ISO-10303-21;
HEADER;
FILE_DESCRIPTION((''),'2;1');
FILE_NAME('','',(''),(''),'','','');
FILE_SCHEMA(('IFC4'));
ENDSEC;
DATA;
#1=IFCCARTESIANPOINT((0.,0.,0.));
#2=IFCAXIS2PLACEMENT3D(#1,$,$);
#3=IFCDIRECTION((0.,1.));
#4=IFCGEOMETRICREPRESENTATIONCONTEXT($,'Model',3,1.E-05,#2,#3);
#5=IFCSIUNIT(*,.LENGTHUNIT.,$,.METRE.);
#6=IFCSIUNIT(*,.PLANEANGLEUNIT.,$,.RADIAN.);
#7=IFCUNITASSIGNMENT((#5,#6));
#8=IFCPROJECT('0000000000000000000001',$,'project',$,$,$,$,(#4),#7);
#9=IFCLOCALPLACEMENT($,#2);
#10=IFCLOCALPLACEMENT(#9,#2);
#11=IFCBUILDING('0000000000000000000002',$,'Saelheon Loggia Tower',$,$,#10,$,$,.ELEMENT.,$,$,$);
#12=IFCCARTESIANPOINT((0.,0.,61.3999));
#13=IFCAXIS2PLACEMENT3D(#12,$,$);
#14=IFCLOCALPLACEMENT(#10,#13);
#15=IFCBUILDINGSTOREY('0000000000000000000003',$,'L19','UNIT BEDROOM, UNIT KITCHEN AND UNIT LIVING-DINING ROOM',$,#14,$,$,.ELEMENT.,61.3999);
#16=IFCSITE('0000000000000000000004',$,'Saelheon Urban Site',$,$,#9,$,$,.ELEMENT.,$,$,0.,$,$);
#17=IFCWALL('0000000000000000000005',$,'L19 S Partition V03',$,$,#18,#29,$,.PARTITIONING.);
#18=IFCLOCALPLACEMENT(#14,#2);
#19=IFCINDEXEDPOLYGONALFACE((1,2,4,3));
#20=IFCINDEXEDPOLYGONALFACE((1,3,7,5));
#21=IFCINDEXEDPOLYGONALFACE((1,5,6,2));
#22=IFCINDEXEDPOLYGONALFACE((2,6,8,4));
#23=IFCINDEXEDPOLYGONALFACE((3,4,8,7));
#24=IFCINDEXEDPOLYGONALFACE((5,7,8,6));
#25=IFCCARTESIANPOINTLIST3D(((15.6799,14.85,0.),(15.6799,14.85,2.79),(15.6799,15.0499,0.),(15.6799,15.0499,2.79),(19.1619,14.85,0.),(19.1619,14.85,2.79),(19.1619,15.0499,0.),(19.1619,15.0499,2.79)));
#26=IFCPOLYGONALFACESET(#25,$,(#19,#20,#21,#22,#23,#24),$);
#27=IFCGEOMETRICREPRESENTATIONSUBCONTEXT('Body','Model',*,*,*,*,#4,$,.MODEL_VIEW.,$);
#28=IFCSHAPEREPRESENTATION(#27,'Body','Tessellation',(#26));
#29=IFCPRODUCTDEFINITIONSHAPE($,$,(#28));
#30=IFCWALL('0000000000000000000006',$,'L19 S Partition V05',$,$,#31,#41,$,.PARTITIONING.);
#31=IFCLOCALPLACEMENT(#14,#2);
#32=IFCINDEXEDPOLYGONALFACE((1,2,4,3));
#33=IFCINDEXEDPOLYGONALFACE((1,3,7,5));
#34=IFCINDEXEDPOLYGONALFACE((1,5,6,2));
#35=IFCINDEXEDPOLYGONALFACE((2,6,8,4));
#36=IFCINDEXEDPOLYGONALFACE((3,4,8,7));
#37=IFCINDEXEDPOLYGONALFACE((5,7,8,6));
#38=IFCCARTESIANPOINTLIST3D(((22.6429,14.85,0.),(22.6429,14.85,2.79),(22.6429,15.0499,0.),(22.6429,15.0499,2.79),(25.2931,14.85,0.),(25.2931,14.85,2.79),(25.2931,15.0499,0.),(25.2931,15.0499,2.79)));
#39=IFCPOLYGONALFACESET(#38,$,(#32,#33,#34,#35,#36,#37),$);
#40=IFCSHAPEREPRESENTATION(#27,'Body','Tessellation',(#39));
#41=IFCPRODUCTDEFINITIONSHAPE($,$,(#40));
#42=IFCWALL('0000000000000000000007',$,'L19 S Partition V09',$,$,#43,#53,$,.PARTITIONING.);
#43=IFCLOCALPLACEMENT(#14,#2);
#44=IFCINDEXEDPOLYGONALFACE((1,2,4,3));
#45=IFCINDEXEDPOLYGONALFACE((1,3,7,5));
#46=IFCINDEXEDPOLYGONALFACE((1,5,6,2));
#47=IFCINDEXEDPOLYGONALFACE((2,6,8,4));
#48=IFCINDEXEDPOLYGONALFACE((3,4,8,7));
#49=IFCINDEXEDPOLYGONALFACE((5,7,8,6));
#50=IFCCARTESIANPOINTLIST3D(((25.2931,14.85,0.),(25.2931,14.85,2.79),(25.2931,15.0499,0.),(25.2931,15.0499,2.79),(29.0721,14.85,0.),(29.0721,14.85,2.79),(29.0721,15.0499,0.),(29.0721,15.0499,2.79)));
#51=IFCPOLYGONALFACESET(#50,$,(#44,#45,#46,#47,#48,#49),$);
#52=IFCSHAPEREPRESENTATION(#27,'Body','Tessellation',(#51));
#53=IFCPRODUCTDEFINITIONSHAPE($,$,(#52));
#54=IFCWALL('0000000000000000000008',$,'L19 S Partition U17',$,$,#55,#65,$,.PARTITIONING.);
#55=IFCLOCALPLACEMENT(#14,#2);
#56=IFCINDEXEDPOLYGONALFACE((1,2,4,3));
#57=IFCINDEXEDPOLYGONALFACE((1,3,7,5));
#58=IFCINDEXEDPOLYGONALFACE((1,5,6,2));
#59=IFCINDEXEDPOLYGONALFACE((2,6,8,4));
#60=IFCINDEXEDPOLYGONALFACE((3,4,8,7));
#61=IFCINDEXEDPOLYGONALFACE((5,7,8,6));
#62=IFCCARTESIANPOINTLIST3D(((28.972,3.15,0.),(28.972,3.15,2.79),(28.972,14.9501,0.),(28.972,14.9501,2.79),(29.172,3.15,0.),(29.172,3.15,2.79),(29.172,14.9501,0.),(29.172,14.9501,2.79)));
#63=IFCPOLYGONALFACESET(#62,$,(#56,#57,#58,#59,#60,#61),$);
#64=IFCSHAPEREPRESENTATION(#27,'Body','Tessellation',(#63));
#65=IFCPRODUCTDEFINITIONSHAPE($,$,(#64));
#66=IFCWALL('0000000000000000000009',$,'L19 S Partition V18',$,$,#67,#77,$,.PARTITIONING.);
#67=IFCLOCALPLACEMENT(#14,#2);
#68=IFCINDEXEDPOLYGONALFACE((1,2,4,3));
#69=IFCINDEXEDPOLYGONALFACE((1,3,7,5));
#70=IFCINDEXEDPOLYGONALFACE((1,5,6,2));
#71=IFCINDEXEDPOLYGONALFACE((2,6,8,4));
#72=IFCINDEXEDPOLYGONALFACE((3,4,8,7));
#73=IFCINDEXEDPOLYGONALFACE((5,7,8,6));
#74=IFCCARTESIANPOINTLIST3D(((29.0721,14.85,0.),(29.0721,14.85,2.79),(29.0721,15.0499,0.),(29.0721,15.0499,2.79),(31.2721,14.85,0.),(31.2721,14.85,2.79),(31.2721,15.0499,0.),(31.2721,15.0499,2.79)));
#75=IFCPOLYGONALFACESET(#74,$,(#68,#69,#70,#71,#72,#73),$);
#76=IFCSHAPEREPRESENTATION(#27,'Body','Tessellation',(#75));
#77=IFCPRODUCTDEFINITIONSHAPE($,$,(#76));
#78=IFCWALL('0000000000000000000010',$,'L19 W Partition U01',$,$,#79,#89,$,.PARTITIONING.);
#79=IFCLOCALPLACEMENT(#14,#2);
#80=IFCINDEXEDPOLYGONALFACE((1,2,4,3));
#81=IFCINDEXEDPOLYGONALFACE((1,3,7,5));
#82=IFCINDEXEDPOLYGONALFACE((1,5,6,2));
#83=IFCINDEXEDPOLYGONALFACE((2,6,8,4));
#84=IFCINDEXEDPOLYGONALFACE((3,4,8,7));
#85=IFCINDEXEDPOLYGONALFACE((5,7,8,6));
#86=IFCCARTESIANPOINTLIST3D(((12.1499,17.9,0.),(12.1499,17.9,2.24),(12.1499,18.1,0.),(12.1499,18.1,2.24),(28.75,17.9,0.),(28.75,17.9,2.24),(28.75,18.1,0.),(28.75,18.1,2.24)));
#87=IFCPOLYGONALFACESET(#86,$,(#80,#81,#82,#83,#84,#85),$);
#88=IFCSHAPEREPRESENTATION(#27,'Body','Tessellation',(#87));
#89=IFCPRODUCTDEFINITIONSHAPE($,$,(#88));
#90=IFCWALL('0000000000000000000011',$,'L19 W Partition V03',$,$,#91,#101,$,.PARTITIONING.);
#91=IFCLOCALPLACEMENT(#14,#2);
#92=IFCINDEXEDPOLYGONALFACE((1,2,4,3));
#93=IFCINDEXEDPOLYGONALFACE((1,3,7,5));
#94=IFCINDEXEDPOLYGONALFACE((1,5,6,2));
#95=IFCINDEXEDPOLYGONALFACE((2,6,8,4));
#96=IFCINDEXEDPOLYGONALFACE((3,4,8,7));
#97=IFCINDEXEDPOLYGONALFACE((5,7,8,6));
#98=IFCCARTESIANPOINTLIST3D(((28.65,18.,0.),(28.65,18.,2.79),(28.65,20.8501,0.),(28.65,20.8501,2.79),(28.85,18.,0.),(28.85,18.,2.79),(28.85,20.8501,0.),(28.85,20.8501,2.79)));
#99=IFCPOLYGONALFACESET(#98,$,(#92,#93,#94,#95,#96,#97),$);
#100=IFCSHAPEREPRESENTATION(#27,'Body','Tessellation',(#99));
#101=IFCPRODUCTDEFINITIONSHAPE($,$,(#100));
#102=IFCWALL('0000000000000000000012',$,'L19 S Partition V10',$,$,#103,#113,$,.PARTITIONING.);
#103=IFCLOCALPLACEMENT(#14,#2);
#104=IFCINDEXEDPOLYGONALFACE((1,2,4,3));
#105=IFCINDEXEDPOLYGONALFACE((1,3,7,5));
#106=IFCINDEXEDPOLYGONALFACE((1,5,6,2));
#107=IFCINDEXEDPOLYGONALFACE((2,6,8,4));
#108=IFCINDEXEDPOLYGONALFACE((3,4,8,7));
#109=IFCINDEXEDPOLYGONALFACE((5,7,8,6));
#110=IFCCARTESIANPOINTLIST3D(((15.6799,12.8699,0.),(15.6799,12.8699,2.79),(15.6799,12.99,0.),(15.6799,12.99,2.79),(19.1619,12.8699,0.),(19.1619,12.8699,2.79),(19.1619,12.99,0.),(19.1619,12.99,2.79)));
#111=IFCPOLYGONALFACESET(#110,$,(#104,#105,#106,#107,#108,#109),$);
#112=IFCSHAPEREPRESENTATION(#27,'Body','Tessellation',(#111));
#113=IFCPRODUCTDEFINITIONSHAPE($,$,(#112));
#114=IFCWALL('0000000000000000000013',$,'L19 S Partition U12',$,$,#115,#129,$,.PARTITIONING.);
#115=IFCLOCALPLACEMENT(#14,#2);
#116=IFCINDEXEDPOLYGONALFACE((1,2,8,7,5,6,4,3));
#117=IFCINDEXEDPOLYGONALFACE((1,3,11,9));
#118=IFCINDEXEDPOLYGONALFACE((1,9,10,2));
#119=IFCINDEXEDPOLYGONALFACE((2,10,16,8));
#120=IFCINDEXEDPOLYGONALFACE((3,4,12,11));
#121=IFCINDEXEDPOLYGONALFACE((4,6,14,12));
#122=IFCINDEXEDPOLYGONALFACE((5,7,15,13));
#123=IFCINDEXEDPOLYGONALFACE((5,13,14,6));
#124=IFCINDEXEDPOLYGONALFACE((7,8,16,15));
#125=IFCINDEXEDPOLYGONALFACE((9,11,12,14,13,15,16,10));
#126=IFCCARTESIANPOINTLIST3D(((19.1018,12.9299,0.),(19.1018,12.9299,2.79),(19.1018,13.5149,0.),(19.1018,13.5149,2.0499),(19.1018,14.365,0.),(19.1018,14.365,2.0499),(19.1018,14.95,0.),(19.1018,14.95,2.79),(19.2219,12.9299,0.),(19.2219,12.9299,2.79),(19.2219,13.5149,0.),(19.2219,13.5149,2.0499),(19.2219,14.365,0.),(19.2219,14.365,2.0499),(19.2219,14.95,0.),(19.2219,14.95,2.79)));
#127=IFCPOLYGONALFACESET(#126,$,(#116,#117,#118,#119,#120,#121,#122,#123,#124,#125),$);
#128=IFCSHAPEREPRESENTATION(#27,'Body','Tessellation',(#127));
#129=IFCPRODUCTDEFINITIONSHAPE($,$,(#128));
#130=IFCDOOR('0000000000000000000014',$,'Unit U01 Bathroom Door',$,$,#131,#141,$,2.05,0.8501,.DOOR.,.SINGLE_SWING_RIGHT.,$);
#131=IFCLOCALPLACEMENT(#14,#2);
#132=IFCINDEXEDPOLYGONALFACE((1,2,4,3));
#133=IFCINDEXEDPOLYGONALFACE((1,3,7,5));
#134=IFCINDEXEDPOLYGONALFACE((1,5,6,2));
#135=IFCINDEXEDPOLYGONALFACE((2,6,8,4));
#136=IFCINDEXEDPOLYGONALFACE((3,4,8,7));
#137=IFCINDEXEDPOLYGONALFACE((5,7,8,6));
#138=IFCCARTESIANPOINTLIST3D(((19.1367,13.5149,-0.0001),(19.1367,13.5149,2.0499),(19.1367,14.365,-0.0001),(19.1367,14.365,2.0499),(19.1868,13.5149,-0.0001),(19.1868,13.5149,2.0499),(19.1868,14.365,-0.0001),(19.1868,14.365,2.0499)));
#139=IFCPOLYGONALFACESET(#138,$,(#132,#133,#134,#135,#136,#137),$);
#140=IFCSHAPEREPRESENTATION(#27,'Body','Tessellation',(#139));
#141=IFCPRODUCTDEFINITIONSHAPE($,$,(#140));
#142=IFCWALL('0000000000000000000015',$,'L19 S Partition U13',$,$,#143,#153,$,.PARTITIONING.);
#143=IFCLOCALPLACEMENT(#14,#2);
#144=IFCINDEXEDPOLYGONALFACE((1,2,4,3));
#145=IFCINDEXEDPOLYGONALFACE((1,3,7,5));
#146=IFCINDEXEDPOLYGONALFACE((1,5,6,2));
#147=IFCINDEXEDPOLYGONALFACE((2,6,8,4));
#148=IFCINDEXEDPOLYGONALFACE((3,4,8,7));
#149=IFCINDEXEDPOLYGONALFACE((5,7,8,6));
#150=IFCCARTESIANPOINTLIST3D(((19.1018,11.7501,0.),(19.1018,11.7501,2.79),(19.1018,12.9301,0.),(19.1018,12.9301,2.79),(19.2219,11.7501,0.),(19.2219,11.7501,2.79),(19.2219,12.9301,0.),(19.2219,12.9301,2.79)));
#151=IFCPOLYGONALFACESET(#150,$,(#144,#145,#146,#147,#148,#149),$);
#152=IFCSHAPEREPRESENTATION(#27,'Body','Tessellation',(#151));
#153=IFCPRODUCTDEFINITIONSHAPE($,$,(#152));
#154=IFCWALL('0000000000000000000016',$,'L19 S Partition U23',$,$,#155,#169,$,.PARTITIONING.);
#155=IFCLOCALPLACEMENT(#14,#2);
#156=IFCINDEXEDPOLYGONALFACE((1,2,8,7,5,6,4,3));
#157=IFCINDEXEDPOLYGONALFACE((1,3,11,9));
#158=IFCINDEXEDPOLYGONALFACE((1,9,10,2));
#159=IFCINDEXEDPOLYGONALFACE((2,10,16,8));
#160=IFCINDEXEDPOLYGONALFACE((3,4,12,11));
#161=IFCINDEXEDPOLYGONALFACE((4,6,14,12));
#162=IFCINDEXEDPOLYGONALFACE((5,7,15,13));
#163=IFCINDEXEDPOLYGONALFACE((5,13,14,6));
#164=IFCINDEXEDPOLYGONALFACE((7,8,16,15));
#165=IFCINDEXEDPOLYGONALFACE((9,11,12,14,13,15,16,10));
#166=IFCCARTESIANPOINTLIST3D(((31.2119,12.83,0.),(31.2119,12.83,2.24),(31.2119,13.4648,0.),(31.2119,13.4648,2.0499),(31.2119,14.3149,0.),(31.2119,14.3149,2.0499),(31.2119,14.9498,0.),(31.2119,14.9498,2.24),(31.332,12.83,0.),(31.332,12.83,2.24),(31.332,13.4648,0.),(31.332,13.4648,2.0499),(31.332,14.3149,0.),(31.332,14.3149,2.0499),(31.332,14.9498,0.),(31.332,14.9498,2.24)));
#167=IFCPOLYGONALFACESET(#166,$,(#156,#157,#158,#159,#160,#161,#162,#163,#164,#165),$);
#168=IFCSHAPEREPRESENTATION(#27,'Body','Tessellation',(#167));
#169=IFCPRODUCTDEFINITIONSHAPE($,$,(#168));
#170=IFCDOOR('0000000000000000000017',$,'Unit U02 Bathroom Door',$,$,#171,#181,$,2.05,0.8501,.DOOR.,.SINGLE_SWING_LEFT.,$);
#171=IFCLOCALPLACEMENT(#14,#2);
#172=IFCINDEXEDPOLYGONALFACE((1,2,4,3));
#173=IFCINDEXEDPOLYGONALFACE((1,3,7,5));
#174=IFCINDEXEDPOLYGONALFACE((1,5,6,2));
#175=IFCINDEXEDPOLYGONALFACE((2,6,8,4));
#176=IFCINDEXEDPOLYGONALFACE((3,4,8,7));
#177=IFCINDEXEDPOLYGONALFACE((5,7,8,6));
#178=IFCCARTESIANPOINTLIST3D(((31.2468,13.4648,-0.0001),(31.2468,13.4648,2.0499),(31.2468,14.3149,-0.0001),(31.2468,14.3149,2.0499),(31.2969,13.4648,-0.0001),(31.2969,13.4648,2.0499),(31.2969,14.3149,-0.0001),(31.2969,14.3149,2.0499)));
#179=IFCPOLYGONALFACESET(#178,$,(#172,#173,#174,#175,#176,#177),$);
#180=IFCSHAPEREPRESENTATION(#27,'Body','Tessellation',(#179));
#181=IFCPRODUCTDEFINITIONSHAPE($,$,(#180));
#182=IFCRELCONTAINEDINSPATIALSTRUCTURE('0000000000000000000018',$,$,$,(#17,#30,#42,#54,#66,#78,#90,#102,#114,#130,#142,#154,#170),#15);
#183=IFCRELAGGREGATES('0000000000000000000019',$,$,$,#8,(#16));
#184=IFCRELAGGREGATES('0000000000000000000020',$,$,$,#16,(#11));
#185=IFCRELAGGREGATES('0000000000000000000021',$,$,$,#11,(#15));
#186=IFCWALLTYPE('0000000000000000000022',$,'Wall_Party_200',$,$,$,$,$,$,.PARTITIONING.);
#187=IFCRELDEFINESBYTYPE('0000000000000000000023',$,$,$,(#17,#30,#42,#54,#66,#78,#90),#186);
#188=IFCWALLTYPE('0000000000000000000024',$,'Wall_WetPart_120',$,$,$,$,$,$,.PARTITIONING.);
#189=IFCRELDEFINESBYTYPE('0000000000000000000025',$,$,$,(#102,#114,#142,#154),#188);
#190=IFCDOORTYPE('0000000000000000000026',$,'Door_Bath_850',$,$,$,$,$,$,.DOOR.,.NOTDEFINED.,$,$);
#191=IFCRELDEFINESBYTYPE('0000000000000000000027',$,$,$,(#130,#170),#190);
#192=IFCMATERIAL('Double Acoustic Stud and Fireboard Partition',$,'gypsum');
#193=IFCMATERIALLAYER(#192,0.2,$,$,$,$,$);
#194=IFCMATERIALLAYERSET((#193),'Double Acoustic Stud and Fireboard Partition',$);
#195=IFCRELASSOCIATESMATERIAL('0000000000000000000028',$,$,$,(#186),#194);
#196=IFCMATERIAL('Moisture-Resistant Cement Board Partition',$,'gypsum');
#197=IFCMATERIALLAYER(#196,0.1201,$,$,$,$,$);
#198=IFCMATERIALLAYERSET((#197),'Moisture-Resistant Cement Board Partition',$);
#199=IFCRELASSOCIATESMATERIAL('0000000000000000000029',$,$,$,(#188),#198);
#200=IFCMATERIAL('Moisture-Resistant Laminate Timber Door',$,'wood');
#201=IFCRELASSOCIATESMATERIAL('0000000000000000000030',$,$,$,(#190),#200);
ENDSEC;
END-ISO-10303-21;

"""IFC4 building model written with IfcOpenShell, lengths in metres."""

from ifc_helpers import new_model, si_unit, direction, frame, frame_2d, origin, place, context, subcontext, project, spatial, rectangle, extrude, source, transform, mapped, material, layer, layer_set, type_object, element, fill, save


model = new_model("IFC4")

# Units and contexts
model_context = context("Model", 3, precision=1e-05, world=origin(), true_north=direction((0.0, 1.0)))
body_context = subcontext(model_context, "Body", "Model", "MODEL_VIEW")
ifc_project = project(units=[si_unit("LENGTHUNIT", "METRE"), si_unit("PLANEANGLEUNIT", "RADIAN")], contexts=[model_context])

# Site, building, storey
site_placement = place(None, origin())
site = spatial("IfcSite", under=ifc_project, at=site_placement, Name="Saelheon Urban Site", CompositionType="ELEMENT", RefElevation=0.0)
building_placement = place(site_placement, origin())
building = spatial("IfcBuilding", under=site, at=building_placement, Name="Saelheon Loggia Tower", CompositionType="ELEMENT")
storey_placement = place(building_placement, frame((0.0, 0.0, 61.3999)))
storey = spatial("IfcBuildingStorey", under=building, at=storey_placement, Name="L19", Description="UNIT BEDROOM, UNIT KITCHEN AND UNIT LIVING-DINING ROOM", CompositionType="ELEMENT", Elevation=61.3999)

# Wall
ifc_material_1 = material(Name="Double Acoustic Stud and Fireboard Partition", Category="gypsum")
ifc_layer_1 = layer(ifc_material_1, 0.2)
ifc_layer_set_1 = layer_set([ifc_layer_1], Name="Double Acoustic Stud and Fireboard Partition")
wall_type_1 = type_object("IfcWallType", Name="Wall_Party_200", PredefinedType="PARTITIONING", material=ifc_layer_set_1)
wall_1_placement = place(storey_placement, frame((15.6799, 14.95, 0.0), z_axis=(0.0, 0.0, 1.0), x_axis=(1.0, 0.0, 0.0)))
element("IfcWall", 1, at=wall_1_placement, inside=storey, type_object=wall_type_1, Name="L19 S Partition V03", PredefinedType="PARTITIONING", context=body_context, shape_type="SweptSolid", body=[
    extrude(rectangle(XDim=3.4819, YDim=0.2, at=frame_2d((1.741, 0.0))), origin(), (0.0, 0.0, 1.0), 2.79),
])

# Walls
wall_2_placement = place(storey_placement, frame((22.6428, 14.95, 0.0), z_axis=(0.0, 0.0, 1.0), x_axis=(1.0, 0.0, 0.0)))
element("IfcWall", 2, at=wall_2_placement, inside=storey, type_object=wall_type_1, Name="L19 S Partition V05", PredefinedType="PARTITIONING", context=body_context, shape_type="SweptSolid", body=[
    extrude(rectangle(XDim=2.6501, YDim=0.2, at=frame_2d((1.3252, 0.0))), origin(), (0.0, 0.0, 1.0), 2.79),
])
wall_3_placement = place(storey_placement, frame((25.293, 14.95, 0.0), z_axis=(0.0, 0.0, 1.0), x_axis=(1.0, 0.0, 0.0)))
element("IfcWall", 3, at=wall_3_placement, inside=storey, type_object=wall_type_1, Name="L19 S Partition V09", PredefinedType="PARTITIONING", context=body_context, shape_type="SweptSolid", body=[
    extrude(rectangle(XDim=3.7791, YDim=0.2, at=frame_2d((1.8896, 0.0))), origin(), (0.0, 0.0, 1.0), 2.79),
])
wall_4_placement = place(storey_placement, frame((29.072, 14.95, 0.0), z_axis=(0.0, 0.0, 1.0), x_axis=(0.0, -1.0, 0.0)))
element("IfcWall", 4, at=wall_4_placement, inside=storey, type_object=wall_type_1, Name="L19 S Partition U17", PredefinedType="PARTITIONING", context=body_context, shape_type="SweptSolid", body=[
    extrude(rectangle(XDim=11.8, YDim=0.2, at=frame_2d((5.8999, 0.0))), origin(), (0.0, 0.0, 1.0), 2.79),
])
wall_5_placement = place(storey_placement, frame((29.072, 14.95, 0.0), z_axis=(0.0, 0.0, 1.0), x_axis=(1.0, 0.0, 0.0)))
element("IfcWall", 5, at=wall_5_placement, inside=storey, type_object=wall_type_1, Name="L19 S Partition V18", PredefinedType="PARTITIONING", context=body_context, shape_type="SweptSolid", body=[
    extrude(rectangle(XDim=2.2, YDim=0.2, at=frame_2d((1.1001, 0.0))), origin(), (0.0, 0.0, 1.0), 2.79),
])

# Walls
wall_6_placement = place(storey_placement, frame((28.75, 18.0, 0.0), z_axis=(0.0, 0.0, 1.0), x_axis=(-1.0, 0.0, 0.0)))
element("IfcWall", 6, at=wall_6_placement, inside=storey, type_object=wall_type_1, Name="L19 W Partition U01", PredefinedType="PARTITIONING", context=body_context, shape_type="SweptSolid", body=[
    extrude(rectangle(XDim=16.6001, YDim=0.2, at=frame_2d((8.3, 0.0))), origin(), (0.0, 0.0, 1.0), 2.24),
])
wall_7_placement = place(storey_placement, frame((28.75, 18.0, 0.0), z_axis=(0.0, 0.0, 1.0), x_axis=(0.0, 1.0, 0.0)))
element("IfcWall", 7, at=wall_7_placement, inside=storey, type_object=wall_type_1, Name="L19 W Partition V03", PredefinedType="PARTITIONING", context=body_context, shape_type="SweptSolid", body=[
    extrude(rectangle(XDim=2.8501, YDim=0.2, at=frame_2d((1.425, 0.0))), origin(), (0.0, 0.0, 1.0), 2.79),
])
ifc_material_2 = material(Name="Moisture-Resistant Cement Board Partition", Category="gypsum")
ifc_layer_2 = layer(ifc_material_2, 0.1201)
ifc_layer_set_2 = layer_set([ifc_layer_2], Name="Moisture-Resistant Cement Board Partition")
wall_type_2 = type_object("IfcWallType", Name="Wall_WetPart_120", PredefinedType="PARTITIONING", material=ifc_layer_set_2)
wall_8_placement = place(storey_placement, frame((15.6799, 12.9299, 0.0), z_axis=(0.0, 0.0, 1.0), x_axis=(1.0, 0.0, 0.0)))
element("IfcWall", 8, at=wall_8_placement, inside=storey, type_object=wall_type_2, Name="L19 S Partition V10", PredefinedType="PARTITIONING", context=body_context, shape_type="SweptSolid", body=[
    extrude(rectangle(XDim=3.4819, YDim=0.1201, at=frame_2d((1.741, 0.0))), origin(), (0.0, 0.0, 1.0), 2.79),
])

# Wall, opening, door
wall_9_placement = place(storey_placement, frame((19.1619, 14.95, 0.0), z_axis=(0.0, 0.0, 1.0), x_axis=(0.0, -1.0, 0.0)))
wall_9 = element("IfcWall", 9, at=wall_9_placement, inside=storey, type_object=wall_type_2, Name="L19 S Partition U12", PredefinedType="PARTITIONING", context=body_context, shape_type="SweptSolid", body=[
    extrude(rectangle(XDim=2.02, YDim=0.1201, at=frame_2d((1.01, 0.0))), origin(), (0.0, 0.0, 1.0), 2.79),
])
opening_1_placement = place(wall_9_placement, frame((0.585, 0.0, 0.0)))
opening_1 = element("IfcOpeningElement", 10, at=opening_1_placement, cuts=wall_9, PredefinedType="OPENING", context=body_context, shape_type="SweptSolid", body=[
    extrude(rectangle(XDim=0.8501, YDim=2.05, at=frame_2d((0.425, 1.0249))), frame((0.0, 0.072, 0.0), z_axis=(0.0, -1.0, 0.0), x_axis=(1.0, 0.0, 0.0)), (0.0, 0.0, 1.0), 0.144),
])
ifc_material_3 = material(Name="Moisture-Resistant Laminate Timber Door", Category="wood")
door_type_1 = type_object("IfcDoorType", Name="Door_Bath_850", OperationType="NOTDEFINED", PredefinedType="DOOR", material=ifc_material_3)
shared_shape_1 = source(origin(), body_context, "Body", "SweptSolid", [
    extrude(rectangle(XDim=0.8501, YDim=2.05, at=frame_2d((0.425, 1.0249))), frame((0.0, 0.0249, 0.0), z_axis=(0.0, -1.0, 0.0), x_axis=(1.0, 0.0, 0.0)), (0.0, 0.0, 1.0), 0.05),
])
door_1_placement = place(opening_1_placement, origin())
door_1 = element("IfcDoor", 11, at=door_1_placement, inside=storey, type_object=door_type_1, Name="Unit U01 Bathroom Door", OperationType="SINGLE_SWING_RIGHT", OverallHeight=2.05, OverallWidth=0.8501, PredefinedType="DOOR", context=body_context, shape_type="MappedRepresentation", body=[
    mapped(shared_shape_1, transform((0.0, 0.0, 0.0), scale=1.0)),
])
fill(opening_1, door_1)

# Wall
wall_10_placement = place(storey_placement, frame((19.1619, 12.9299, 0.0), z_axis=(0.0, 0.0, 1.0), x_axis=(0.0, -1.0, 0.0)))
element("IfcWall", 12, at=wall_10_placement, inside=storey, type_object=wall_type_2, Name="L19 S Partition U13", PredefinedType="PARTITIONING", context=body_context, shape_type="SweptSolid", body=[
    extrude(rectangle(XDim=1.1799, YDim=0.1201, at=frame_2d((0.5898, 0.0))), origin(), (0.0, 0.0, 1.0), 2.79),
])

# Wall, opening, door
wall_11_placement = place(storey_placement, frame((31.272, 14.95, 0.0), z_axis=(0.0, 0.0, 1.0), x_axis=(0.0, -1.0, 0.0)))
wall_11 = element("IfcWall", 13, at=wall_11_placement, inside=storey, type_object=wall_type_2, Name="L19 S Partition U23", PredefinedType="PARTITIONING", context=body_context, shape_type="SweptSolid", body=[
    extrude(rectangle(XDim=2.1199, YDim=0.1201, at=frame_2d((1.0601, 0.0))), origin(), (0.0, 0.0, 1.0), 2.24),
])
opening_2_placement = place(wall_11_placement, frame((0.635, 0.0, 0.0)))
opening_2 = element("IfcOpeningElement", 14, at=opening_2_placement, cuts=wall_11, PredefinedType="OPENING", context=body_context, shape_type="SweptSolid", body=[
    extrude(rectangle(XDim=0.8501, YDim=2.05, at=frame_2d((0.425, 1.0249))), frame((0.0, 0.072, 0.0), z_axis=(0.0, -1.0, 0.0), x_axis=(1.0, 0.0, 0.0)), (0.0, 0.0, 1.0), 0.144),
])
door_2_placement = place(opening_2_placement, origin())
door_2 = element("IfcDoor", 15, at=door_2_placement, inside=storey, type_object=door_type_1, Name="Unit U02 Bathroom Door", OperationType="SINGLE_SWING_LEFT", OverallHeight=2.05, OverallWidth=0.8501, PredefinedType="DOOR", context=body_context, shape_type="MappedRepresentation", body=[
    mapped(shared_shape_1, transform((0.0, 0.0, 0.0), scale=1.0)),
])
fill(opening_2, door_2)

save(model, "model.ifc")
